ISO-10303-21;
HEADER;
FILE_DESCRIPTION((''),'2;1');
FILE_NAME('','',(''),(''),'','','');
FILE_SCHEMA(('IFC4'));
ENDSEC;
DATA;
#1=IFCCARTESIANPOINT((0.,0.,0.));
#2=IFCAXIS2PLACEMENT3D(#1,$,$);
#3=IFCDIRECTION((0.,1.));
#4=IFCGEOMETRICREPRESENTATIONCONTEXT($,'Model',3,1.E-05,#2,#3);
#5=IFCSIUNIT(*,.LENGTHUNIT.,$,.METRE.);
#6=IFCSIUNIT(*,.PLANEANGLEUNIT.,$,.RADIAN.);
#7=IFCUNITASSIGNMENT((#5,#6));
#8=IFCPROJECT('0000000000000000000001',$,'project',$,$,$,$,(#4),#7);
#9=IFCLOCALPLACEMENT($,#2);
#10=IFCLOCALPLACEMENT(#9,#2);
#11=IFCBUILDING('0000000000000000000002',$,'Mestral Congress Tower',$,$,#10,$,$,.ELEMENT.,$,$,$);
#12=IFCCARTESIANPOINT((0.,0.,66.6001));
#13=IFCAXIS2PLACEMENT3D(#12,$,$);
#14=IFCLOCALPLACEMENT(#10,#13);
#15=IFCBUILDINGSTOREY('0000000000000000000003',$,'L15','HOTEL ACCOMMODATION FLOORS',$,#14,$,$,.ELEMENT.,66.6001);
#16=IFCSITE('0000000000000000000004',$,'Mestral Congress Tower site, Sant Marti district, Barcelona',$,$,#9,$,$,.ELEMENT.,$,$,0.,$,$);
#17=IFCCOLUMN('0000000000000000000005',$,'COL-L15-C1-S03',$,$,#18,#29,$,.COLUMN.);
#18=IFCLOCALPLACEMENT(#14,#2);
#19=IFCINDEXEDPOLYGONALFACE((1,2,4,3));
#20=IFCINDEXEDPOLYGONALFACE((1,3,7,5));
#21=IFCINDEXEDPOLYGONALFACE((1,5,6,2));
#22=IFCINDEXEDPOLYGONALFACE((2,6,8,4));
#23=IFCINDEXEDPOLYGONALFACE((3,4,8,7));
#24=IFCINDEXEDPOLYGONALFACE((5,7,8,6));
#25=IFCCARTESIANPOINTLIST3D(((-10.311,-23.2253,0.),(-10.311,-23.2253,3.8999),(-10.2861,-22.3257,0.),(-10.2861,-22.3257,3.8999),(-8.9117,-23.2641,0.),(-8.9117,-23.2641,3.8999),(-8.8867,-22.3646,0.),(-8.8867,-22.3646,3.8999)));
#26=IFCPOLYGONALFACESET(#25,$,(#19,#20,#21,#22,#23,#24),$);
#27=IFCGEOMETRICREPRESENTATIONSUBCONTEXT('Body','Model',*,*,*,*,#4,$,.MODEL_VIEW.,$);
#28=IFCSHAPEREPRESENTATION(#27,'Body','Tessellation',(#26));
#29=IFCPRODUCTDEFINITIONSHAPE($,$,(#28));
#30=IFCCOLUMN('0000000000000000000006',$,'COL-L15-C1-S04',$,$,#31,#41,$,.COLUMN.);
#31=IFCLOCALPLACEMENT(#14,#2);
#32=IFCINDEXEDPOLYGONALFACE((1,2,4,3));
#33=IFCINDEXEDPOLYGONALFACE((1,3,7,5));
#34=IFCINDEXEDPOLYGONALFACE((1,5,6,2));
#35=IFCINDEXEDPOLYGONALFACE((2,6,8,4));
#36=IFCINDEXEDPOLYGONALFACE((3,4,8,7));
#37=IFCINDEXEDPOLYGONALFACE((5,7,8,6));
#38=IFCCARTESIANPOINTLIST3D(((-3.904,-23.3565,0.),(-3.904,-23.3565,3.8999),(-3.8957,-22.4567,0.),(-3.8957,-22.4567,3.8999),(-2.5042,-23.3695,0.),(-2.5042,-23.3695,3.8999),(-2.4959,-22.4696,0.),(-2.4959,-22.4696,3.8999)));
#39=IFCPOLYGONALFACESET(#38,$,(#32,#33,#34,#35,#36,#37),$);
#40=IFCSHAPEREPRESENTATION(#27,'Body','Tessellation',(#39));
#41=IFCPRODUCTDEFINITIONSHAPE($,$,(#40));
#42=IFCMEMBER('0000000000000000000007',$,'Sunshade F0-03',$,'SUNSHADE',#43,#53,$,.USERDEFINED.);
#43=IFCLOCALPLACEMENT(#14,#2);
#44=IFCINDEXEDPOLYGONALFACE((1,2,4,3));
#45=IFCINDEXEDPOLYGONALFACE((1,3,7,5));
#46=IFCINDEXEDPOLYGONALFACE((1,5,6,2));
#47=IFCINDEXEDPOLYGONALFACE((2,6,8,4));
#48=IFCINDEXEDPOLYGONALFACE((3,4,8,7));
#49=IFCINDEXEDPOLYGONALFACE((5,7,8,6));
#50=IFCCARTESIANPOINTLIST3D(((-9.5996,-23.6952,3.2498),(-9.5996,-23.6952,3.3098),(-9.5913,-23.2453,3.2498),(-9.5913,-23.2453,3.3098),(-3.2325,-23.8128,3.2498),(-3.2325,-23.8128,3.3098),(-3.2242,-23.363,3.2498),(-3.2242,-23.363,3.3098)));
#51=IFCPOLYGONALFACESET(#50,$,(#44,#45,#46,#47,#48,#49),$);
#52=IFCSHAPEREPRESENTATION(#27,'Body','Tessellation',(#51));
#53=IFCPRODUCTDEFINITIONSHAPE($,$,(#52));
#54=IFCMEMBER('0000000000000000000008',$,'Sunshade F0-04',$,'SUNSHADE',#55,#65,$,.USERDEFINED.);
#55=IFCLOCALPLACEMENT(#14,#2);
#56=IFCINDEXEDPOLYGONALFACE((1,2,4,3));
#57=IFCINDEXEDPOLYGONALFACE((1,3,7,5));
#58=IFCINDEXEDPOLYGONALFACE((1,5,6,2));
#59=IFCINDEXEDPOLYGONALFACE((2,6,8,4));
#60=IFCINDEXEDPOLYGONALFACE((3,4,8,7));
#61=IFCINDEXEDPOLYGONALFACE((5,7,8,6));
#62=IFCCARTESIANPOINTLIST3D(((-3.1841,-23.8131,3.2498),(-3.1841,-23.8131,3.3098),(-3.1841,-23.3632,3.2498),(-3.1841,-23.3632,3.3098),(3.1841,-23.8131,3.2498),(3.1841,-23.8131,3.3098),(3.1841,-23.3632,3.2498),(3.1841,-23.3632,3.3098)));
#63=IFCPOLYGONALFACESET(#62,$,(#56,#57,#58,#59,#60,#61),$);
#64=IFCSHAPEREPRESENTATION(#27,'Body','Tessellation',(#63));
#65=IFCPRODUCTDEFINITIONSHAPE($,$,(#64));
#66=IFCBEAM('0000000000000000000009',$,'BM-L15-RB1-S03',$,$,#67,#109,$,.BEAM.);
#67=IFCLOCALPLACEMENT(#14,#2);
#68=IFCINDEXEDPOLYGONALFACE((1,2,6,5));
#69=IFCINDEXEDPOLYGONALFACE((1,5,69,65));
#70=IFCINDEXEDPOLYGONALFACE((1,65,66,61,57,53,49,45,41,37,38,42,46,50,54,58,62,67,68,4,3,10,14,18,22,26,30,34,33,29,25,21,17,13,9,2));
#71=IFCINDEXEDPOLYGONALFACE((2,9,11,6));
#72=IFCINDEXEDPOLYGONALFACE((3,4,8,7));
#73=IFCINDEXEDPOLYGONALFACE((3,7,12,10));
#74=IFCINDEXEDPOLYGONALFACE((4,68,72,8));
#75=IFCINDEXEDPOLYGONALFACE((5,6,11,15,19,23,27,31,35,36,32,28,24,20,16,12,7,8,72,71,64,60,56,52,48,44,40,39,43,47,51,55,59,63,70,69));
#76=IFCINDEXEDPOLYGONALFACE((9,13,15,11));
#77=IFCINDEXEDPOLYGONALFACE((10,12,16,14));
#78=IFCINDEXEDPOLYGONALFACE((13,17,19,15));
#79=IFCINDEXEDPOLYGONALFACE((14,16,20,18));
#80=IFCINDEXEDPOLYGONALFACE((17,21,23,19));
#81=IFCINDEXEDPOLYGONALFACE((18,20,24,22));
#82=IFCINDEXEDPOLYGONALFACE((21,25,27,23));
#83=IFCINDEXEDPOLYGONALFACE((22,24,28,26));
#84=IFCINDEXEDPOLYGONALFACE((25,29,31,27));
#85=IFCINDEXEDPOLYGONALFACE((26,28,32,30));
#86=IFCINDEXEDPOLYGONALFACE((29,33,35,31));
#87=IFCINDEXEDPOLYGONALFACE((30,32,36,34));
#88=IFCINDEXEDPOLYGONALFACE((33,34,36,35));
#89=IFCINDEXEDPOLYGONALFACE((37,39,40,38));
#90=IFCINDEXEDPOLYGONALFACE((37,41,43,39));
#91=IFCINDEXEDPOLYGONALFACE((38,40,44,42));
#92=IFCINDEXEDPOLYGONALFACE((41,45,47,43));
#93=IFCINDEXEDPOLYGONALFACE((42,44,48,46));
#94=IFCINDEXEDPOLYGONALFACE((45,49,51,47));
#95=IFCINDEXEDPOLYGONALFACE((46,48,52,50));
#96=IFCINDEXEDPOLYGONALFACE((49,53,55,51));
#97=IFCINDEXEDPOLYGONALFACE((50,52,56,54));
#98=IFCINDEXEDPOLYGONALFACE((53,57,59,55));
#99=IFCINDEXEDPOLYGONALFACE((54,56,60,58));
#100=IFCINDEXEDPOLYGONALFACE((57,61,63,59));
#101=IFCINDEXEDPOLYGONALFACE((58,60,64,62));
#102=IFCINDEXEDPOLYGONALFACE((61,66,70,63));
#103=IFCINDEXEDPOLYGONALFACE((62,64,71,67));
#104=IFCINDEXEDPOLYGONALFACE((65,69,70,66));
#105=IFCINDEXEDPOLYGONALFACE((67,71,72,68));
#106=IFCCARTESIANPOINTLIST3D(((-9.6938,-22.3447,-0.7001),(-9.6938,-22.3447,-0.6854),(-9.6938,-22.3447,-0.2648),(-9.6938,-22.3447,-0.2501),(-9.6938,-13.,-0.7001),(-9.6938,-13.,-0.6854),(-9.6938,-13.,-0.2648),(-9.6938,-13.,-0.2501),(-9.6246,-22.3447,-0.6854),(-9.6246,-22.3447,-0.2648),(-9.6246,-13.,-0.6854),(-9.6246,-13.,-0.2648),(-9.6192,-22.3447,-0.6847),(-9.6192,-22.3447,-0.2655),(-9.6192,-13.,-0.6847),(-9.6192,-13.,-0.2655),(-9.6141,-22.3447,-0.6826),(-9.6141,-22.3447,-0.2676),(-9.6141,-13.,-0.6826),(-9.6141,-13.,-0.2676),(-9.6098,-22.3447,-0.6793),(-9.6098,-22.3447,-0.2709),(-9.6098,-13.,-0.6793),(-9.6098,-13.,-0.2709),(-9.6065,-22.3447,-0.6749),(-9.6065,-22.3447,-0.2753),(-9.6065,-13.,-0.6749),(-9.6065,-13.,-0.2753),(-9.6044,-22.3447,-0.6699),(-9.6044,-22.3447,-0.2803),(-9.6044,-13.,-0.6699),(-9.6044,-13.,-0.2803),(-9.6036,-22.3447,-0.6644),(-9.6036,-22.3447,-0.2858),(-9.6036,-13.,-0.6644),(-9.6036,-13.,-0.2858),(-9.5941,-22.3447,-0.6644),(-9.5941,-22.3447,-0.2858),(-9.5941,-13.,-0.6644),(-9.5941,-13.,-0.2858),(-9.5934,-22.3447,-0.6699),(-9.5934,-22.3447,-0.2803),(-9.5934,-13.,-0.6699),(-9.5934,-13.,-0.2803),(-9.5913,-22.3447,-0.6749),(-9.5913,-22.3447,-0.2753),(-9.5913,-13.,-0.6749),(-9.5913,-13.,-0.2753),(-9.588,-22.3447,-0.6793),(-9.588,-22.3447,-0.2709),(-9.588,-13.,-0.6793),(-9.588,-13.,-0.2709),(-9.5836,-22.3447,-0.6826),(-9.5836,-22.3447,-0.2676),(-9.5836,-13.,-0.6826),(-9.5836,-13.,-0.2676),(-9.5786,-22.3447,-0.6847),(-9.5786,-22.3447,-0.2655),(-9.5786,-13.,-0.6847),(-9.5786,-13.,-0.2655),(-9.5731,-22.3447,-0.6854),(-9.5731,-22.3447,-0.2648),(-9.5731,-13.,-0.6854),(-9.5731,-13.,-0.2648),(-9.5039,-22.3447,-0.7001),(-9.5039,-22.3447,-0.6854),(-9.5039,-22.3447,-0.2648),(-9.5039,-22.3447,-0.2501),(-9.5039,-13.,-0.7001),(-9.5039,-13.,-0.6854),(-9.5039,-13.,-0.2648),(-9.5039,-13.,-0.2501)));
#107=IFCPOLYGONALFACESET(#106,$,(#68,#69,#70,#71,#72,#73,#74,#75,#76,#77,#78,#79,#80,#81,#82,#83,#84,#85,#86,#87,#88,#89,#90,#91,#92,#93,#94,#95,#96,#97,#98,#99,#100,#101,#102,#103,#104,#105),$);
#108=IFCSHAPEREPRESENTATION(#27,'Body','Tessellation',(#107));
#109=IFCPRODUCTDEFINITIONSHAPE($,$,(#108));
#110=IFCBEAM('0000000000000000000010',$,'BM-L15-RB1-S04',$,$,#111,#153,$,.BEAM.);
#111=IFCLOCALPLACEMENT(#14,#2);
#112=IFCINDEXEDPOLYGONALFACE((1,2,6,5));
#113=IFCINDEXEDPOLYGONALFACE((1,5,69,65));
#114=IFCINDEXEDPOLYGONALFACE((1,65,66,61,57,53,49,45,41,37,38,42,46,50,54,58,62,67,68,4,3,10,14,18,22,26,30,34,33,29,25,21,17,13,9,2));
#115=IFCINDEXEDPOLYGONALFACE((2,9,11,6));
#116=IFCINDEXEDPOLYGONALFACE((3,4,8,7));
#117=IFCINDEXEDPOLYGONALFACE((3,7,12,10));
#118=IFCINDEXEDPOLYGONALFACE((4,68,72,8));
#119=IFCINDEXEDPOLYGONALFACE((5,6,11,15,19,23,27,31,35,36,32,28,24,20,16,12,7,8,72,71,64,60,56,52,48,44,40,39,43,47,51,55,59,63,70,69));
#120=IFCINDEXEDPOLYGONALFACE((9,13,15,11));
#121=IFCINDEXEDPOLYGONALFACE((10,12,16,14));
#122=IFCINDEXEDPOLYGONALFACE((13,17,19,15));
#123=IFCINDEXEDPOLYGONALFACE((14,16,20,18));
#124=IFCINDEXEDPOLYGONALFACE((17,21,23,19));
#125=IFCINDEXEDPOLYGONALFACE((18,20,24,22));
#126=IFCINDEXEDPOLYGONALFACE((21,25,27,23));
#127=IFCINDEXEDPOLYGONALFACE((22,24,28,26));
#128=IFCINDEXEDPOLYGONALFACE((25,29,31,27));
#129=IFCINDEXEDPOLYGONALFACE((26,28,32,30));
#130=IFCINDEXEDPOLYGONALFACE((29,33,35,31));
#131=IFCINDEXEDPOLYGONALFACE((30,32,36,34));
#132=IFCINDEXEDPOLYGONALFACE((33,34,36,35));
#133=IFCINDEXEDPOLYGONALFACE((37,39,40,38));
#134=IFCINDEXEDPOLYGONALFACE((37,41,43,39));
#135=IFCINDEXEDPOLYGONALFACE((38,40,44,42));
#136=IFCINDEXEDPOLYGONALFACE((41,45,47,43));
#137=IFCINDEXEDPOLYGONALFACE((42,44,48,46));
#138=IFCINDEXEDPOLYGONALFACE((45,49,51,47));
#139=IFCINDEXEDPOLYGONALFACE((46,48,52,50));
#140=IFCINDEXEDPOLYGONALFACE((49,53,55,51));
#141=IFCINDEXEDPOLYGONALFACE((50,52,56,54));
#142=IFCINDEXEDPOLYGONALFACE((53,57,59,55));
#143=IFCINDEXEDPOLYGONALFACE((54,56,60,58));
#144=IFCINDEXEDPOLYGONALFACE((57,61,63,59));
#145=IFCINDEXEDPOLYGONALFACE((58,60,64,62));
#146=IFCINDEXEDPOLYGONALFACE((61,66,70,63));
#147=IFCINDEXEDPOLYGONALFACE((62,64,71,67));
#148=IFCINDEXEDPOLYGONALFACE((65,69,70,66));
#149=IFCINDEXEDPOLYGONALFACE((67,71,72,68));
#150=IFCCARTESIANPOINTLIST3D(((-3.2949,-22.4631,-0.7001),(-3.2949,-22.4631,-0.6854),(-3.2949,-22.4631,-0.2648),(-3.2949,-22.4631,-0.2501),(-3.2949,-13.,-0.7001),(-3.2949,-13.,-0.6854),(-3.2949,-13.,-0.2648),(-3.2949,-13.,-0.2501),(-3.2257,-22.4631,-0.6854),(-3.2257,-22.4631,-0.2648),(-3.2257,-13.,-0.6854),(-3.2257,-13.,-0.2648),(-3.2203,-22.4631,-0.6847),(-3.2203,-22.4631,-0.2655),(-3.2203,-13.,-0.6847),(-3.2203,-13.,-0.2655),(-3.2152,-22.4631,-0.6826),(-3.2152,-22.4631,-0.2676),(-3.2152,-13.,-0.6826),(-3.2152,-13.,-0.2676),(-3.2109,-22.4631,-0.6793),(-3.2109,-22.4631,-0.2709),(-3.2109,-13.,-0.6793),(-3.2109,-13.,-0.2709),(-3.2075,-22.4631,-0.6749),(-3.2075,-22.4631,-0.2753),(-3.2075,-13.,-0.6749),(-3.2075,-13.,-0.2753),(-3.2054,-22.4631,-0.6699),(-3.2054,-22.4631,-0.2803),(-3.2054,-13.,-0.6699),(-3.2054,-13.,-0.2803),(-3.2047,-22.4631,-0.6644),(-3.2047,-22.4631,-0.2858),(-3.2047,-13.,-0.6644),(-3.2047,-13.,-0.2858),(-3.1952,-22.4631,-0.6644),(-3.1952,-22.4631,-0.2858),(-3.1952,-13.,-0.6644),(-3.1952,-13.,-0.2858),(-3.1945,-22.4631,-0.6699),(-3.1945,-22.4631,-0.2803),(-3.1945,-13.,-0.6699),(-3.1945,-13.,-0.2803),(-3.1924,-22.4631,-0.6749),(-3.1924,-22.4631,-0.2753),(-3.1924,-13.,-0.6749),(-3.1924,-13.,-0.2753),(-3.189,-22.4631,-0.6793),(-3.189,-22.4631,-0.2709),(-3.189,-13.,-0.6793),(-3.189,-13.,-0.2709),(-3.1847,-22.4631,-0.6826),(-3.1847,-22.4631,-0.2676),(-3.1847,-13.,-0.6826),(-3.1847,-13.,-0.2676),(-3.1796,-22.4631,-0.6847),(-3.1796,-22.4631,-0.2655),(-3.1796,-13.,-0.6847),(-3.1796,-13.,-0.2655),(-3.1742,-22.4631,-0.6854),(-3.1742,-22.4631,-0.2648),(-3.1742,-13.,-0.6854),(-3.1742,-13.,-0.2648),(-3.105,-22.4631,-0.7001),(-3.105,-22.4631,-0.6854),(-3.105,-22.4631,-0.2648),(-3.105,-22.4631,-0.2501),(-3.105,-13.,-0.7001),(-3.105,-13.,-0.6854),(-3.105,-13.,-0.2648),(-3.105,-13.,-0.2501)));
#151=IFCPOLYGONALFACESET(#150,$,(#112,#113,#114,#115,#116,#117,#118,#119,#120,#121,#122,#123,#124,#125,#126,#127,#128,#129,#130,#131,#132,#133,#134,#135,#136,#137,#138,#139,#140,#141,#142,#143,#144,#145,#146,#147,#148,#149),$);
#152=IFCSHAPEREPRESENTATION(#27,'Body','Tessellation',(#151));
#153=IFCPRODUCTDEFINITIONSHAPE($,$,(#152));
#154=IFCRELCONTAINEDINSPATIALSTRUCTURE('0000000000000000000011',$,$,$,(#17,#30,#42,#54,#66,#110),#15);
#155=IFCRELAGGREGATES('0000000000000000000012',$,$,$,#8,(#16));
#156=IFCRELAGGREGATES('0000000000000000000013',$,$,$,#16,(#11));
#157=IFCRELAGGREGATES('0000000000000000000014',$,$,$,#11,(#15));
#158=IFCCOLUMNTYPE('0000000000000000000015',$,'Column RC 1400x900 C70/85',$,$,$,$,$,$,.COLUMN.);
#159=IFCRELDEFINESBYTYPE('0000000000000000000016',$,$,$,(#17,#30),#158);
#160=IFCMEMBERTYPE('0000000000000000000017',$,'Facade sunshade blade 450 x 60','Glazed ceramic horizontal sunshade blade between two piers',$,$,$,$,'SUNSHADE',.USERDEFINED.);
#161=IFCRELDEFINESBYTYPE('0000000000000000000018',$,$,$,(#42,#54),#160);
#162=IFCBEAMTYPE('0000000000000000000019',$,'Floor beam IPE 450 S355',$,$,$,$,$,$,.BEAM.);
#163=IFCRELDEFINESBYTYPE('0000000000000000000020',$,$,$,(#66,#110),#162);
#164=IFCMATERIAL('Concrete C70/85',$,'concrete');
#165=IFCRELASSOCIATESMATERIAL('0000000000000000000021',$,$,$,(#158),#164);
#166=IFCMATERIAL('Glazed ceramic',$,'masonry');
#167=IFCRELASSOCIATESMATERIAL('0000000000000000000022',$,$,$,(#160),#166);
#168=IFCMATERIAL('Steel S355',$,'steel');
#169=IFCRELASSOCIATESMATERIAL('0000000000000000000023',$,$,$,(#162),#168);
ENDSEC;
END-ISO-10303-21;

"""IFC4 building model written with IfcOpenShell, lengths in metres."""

from ifc_helpers import new_model, si_unit, direction, frame, origin, origin_2d, place, context, subcontext, project, spatial, rectangle, i_section, extrude, material, material_profile, profile_set, type_object, element, save


model = new_model("IFC4")

# Units and contexts
model_context = context("Model", 3, precision=1e-05, world=origin(), true_north=direction((0.0, 1.0)))
body_context = subcontext(model_context, "Body", "Model", "MODEL_VIEW")
ifc_project = project(units=[si_unit("LENGTHUNIT", "METRE"), si_unit("PLANEANGLEUNIT", "RADIAN")], contexts=[model_context])

# Site, building, storey
site_placement = place(None, origin())
site = spatial("IfcSite", under=ifc_project, at=site_placement, Name="Mestral Congress Tower site, Sant Marti district, Barcelona", CompositionType="ELEMENT", RefElevation=0.0)
building_placement = place(site_placement, origin())
building = spatial("IfcBuilding", under=site, at=building_placement, Name="Mestral Congress Tower", CompositionType="ELEMENT")
storey_placement = place(building_placement, frame((0.0, 0.0, 66.6001)))
storey = spatial("IfcBuildingStorey", under=building, at=storey_placement, Name="L15", Description="HOTEL ACCOMMODATION FLOORS", CompositionType="ELEMENT", Elevation=66.6001)

# Columns
ifc_material_1 = material(Name="Concrete C70/85", Category="concrete")
ifc_material_profile_1 = material_profile(ifc_material_1, rectangle(XDim=1.3999, YDim=0.8999, at=origin_2d()), Name="RC 1400x900")
ifc_profile_set_1 = profile_set([ifc_material_profile_1], Name="Concrete C70/85")
column_type = type_object("IfcColumnType", Name="Column RC 1400x900 C70/85", PredefinedType="COLUMN", material=ifc_profile_set_1)
for number, where, z_axis, x_axis, name in (
    (1, (-9.5989, -22.7949, 0.0), (0.0, 0.0, 1.0), (0.999616, -0.027726, 0.0), "COL-L15-C1-S03"),
    (2, (-3.2, -22.9131, 0.0), (0.0, 0.0, 1.0), (0.999957, -0.009243, 0.0), "COL-L15-C1-S04"),
):
    element("IfcColumn", number, at=place(storey_placement, frame(where, z_axis=z_axis, x_axis=x_axis)), inside=storey, type_object=column_type, Name=name, PredefinedType="COLUMN", context=body_context, shape_type="SweptSolid", body=[
        extrude(rectangle(XDim=1.3999, YDim=0.8999, at=origin_2d()), origin(), (0.0, 0.0, 1.0), 3.8999),
    ])

# Members
ifc_material_2 = material(Name="Glazed ceramic", Category="masonry")
ifc_material_profile_2 = material_profile(ifc_material_2, rectangle(XDim=0.45, YDim=0.0601, at=origin_2d()), Name="Ceramic blade 450 x 60")
ifc_profile_set_2 = profile_set([ifc_material_profile_2], Name="Glazed ceramic")
member_type = type_object("IfcMemberType", Name="Facade sunshade blade 450 x 60", Description="Glazed ceramic horizontal sunshade blade between two piers", ElementType="SUNSHADE", PredefinedType="USERDEFINED", material=ifc_profile_set_2)
for number, where, z_axis, x_axis, name in (
    (3, (-9.5955, -23.4702, 3.2798), (0.999829, -0.018478, 0.0), (0.018478, 0.999829, 0.0), "Sunshade F0-03"),
    (4, (-3.1841, -23.5881, 3.2798), (1.0, 0.0, 0.0), (0.0, 1.0, 0.0), "Sunshade F0-04"),
):
    element("IfcMember", number, at=place(storey_placement, frame(where, z_axis=z_axis, x_axis=x_axis)), inside=storey, type_object=member_type, Name=name, ObjectType="SUNSHADE", PredefinedType="USERDEFINED", context=body_context, shape_type="SweptSolid", body=[
        extrude(rectangle(XDim=0.45, YDim=0.0601, at=origin_2d()), origin(), (0.0, 0.0, 1.0), 6.3682),
    ])

# Beams
ifc_material_3 = material(Name="Steel S355", Category="steel")
ifc_material_profile_3 = material_profile(ifc_material_3, i_section(OverallWidth=0.1899, OverallDepth=0.45, WebThickness=0.0095, FlangeThickness=0.0146, FilletRadius=0.021, at=origin_2d()), Name="IPE 450")
ifc_profile_set_3 = profile_set([ifc_material_profile_3], Name="Steel S355")
beam_type_1 = type_object("IfcBeamType", Name="Floor beam IPE 450 S355", PredefinedType="BEAM", material=ifc_profile_set_3)
beam_1_placement = place(storey_placement, frame((-9.5989, -22.3447, -0.4751), z_axis=(0.0, 1.0, 0.0), x_axis=(-1.0, 0.0, 0.0)))
element("IfcBeam", 5, at=beam_1_placement, inside=storey, type_object=beam_type_1, Name="BM-L15-RB1-S03", PredefinedType="BEAM", context=body_context, shape_type="SweptSolid", body=[
    extrude(i_section(OverallWidth=0.1899, OverallDepth=0.45, WebThickness=0.0095, FlangeThickness=0.0146, FilletRadius=0.021, at=origin_2d()), origin(), (0.0, 0.0, 1.0), 9.3447),
])
beam_2_placement = place(storey_placement, frame((-3.2, -22.4631, -0.4751), z_axis=(0.0, 1.0, 0.0), x_axis=(-1.0, 0.0, 0.0)))
element("IfcBeam", 6, at=beam_2_placement, inside=storey, type_object=beam_type_1, Name="BM-L15-RB1-S04", PredefinedType="BEAM", context=body_context, shape_type="SweptSolid", body=[
    extrude(i_section(OverallWidth=0.1899, OverallDepth=0.45, WebThickness=0.0095, FlangeThickness=0.0146, FilletRadius=0.021, at=origin_2d()), origin(), (0.0, 0.0, 1.0), 9.4631),
])

save(model, "model.ifc")
